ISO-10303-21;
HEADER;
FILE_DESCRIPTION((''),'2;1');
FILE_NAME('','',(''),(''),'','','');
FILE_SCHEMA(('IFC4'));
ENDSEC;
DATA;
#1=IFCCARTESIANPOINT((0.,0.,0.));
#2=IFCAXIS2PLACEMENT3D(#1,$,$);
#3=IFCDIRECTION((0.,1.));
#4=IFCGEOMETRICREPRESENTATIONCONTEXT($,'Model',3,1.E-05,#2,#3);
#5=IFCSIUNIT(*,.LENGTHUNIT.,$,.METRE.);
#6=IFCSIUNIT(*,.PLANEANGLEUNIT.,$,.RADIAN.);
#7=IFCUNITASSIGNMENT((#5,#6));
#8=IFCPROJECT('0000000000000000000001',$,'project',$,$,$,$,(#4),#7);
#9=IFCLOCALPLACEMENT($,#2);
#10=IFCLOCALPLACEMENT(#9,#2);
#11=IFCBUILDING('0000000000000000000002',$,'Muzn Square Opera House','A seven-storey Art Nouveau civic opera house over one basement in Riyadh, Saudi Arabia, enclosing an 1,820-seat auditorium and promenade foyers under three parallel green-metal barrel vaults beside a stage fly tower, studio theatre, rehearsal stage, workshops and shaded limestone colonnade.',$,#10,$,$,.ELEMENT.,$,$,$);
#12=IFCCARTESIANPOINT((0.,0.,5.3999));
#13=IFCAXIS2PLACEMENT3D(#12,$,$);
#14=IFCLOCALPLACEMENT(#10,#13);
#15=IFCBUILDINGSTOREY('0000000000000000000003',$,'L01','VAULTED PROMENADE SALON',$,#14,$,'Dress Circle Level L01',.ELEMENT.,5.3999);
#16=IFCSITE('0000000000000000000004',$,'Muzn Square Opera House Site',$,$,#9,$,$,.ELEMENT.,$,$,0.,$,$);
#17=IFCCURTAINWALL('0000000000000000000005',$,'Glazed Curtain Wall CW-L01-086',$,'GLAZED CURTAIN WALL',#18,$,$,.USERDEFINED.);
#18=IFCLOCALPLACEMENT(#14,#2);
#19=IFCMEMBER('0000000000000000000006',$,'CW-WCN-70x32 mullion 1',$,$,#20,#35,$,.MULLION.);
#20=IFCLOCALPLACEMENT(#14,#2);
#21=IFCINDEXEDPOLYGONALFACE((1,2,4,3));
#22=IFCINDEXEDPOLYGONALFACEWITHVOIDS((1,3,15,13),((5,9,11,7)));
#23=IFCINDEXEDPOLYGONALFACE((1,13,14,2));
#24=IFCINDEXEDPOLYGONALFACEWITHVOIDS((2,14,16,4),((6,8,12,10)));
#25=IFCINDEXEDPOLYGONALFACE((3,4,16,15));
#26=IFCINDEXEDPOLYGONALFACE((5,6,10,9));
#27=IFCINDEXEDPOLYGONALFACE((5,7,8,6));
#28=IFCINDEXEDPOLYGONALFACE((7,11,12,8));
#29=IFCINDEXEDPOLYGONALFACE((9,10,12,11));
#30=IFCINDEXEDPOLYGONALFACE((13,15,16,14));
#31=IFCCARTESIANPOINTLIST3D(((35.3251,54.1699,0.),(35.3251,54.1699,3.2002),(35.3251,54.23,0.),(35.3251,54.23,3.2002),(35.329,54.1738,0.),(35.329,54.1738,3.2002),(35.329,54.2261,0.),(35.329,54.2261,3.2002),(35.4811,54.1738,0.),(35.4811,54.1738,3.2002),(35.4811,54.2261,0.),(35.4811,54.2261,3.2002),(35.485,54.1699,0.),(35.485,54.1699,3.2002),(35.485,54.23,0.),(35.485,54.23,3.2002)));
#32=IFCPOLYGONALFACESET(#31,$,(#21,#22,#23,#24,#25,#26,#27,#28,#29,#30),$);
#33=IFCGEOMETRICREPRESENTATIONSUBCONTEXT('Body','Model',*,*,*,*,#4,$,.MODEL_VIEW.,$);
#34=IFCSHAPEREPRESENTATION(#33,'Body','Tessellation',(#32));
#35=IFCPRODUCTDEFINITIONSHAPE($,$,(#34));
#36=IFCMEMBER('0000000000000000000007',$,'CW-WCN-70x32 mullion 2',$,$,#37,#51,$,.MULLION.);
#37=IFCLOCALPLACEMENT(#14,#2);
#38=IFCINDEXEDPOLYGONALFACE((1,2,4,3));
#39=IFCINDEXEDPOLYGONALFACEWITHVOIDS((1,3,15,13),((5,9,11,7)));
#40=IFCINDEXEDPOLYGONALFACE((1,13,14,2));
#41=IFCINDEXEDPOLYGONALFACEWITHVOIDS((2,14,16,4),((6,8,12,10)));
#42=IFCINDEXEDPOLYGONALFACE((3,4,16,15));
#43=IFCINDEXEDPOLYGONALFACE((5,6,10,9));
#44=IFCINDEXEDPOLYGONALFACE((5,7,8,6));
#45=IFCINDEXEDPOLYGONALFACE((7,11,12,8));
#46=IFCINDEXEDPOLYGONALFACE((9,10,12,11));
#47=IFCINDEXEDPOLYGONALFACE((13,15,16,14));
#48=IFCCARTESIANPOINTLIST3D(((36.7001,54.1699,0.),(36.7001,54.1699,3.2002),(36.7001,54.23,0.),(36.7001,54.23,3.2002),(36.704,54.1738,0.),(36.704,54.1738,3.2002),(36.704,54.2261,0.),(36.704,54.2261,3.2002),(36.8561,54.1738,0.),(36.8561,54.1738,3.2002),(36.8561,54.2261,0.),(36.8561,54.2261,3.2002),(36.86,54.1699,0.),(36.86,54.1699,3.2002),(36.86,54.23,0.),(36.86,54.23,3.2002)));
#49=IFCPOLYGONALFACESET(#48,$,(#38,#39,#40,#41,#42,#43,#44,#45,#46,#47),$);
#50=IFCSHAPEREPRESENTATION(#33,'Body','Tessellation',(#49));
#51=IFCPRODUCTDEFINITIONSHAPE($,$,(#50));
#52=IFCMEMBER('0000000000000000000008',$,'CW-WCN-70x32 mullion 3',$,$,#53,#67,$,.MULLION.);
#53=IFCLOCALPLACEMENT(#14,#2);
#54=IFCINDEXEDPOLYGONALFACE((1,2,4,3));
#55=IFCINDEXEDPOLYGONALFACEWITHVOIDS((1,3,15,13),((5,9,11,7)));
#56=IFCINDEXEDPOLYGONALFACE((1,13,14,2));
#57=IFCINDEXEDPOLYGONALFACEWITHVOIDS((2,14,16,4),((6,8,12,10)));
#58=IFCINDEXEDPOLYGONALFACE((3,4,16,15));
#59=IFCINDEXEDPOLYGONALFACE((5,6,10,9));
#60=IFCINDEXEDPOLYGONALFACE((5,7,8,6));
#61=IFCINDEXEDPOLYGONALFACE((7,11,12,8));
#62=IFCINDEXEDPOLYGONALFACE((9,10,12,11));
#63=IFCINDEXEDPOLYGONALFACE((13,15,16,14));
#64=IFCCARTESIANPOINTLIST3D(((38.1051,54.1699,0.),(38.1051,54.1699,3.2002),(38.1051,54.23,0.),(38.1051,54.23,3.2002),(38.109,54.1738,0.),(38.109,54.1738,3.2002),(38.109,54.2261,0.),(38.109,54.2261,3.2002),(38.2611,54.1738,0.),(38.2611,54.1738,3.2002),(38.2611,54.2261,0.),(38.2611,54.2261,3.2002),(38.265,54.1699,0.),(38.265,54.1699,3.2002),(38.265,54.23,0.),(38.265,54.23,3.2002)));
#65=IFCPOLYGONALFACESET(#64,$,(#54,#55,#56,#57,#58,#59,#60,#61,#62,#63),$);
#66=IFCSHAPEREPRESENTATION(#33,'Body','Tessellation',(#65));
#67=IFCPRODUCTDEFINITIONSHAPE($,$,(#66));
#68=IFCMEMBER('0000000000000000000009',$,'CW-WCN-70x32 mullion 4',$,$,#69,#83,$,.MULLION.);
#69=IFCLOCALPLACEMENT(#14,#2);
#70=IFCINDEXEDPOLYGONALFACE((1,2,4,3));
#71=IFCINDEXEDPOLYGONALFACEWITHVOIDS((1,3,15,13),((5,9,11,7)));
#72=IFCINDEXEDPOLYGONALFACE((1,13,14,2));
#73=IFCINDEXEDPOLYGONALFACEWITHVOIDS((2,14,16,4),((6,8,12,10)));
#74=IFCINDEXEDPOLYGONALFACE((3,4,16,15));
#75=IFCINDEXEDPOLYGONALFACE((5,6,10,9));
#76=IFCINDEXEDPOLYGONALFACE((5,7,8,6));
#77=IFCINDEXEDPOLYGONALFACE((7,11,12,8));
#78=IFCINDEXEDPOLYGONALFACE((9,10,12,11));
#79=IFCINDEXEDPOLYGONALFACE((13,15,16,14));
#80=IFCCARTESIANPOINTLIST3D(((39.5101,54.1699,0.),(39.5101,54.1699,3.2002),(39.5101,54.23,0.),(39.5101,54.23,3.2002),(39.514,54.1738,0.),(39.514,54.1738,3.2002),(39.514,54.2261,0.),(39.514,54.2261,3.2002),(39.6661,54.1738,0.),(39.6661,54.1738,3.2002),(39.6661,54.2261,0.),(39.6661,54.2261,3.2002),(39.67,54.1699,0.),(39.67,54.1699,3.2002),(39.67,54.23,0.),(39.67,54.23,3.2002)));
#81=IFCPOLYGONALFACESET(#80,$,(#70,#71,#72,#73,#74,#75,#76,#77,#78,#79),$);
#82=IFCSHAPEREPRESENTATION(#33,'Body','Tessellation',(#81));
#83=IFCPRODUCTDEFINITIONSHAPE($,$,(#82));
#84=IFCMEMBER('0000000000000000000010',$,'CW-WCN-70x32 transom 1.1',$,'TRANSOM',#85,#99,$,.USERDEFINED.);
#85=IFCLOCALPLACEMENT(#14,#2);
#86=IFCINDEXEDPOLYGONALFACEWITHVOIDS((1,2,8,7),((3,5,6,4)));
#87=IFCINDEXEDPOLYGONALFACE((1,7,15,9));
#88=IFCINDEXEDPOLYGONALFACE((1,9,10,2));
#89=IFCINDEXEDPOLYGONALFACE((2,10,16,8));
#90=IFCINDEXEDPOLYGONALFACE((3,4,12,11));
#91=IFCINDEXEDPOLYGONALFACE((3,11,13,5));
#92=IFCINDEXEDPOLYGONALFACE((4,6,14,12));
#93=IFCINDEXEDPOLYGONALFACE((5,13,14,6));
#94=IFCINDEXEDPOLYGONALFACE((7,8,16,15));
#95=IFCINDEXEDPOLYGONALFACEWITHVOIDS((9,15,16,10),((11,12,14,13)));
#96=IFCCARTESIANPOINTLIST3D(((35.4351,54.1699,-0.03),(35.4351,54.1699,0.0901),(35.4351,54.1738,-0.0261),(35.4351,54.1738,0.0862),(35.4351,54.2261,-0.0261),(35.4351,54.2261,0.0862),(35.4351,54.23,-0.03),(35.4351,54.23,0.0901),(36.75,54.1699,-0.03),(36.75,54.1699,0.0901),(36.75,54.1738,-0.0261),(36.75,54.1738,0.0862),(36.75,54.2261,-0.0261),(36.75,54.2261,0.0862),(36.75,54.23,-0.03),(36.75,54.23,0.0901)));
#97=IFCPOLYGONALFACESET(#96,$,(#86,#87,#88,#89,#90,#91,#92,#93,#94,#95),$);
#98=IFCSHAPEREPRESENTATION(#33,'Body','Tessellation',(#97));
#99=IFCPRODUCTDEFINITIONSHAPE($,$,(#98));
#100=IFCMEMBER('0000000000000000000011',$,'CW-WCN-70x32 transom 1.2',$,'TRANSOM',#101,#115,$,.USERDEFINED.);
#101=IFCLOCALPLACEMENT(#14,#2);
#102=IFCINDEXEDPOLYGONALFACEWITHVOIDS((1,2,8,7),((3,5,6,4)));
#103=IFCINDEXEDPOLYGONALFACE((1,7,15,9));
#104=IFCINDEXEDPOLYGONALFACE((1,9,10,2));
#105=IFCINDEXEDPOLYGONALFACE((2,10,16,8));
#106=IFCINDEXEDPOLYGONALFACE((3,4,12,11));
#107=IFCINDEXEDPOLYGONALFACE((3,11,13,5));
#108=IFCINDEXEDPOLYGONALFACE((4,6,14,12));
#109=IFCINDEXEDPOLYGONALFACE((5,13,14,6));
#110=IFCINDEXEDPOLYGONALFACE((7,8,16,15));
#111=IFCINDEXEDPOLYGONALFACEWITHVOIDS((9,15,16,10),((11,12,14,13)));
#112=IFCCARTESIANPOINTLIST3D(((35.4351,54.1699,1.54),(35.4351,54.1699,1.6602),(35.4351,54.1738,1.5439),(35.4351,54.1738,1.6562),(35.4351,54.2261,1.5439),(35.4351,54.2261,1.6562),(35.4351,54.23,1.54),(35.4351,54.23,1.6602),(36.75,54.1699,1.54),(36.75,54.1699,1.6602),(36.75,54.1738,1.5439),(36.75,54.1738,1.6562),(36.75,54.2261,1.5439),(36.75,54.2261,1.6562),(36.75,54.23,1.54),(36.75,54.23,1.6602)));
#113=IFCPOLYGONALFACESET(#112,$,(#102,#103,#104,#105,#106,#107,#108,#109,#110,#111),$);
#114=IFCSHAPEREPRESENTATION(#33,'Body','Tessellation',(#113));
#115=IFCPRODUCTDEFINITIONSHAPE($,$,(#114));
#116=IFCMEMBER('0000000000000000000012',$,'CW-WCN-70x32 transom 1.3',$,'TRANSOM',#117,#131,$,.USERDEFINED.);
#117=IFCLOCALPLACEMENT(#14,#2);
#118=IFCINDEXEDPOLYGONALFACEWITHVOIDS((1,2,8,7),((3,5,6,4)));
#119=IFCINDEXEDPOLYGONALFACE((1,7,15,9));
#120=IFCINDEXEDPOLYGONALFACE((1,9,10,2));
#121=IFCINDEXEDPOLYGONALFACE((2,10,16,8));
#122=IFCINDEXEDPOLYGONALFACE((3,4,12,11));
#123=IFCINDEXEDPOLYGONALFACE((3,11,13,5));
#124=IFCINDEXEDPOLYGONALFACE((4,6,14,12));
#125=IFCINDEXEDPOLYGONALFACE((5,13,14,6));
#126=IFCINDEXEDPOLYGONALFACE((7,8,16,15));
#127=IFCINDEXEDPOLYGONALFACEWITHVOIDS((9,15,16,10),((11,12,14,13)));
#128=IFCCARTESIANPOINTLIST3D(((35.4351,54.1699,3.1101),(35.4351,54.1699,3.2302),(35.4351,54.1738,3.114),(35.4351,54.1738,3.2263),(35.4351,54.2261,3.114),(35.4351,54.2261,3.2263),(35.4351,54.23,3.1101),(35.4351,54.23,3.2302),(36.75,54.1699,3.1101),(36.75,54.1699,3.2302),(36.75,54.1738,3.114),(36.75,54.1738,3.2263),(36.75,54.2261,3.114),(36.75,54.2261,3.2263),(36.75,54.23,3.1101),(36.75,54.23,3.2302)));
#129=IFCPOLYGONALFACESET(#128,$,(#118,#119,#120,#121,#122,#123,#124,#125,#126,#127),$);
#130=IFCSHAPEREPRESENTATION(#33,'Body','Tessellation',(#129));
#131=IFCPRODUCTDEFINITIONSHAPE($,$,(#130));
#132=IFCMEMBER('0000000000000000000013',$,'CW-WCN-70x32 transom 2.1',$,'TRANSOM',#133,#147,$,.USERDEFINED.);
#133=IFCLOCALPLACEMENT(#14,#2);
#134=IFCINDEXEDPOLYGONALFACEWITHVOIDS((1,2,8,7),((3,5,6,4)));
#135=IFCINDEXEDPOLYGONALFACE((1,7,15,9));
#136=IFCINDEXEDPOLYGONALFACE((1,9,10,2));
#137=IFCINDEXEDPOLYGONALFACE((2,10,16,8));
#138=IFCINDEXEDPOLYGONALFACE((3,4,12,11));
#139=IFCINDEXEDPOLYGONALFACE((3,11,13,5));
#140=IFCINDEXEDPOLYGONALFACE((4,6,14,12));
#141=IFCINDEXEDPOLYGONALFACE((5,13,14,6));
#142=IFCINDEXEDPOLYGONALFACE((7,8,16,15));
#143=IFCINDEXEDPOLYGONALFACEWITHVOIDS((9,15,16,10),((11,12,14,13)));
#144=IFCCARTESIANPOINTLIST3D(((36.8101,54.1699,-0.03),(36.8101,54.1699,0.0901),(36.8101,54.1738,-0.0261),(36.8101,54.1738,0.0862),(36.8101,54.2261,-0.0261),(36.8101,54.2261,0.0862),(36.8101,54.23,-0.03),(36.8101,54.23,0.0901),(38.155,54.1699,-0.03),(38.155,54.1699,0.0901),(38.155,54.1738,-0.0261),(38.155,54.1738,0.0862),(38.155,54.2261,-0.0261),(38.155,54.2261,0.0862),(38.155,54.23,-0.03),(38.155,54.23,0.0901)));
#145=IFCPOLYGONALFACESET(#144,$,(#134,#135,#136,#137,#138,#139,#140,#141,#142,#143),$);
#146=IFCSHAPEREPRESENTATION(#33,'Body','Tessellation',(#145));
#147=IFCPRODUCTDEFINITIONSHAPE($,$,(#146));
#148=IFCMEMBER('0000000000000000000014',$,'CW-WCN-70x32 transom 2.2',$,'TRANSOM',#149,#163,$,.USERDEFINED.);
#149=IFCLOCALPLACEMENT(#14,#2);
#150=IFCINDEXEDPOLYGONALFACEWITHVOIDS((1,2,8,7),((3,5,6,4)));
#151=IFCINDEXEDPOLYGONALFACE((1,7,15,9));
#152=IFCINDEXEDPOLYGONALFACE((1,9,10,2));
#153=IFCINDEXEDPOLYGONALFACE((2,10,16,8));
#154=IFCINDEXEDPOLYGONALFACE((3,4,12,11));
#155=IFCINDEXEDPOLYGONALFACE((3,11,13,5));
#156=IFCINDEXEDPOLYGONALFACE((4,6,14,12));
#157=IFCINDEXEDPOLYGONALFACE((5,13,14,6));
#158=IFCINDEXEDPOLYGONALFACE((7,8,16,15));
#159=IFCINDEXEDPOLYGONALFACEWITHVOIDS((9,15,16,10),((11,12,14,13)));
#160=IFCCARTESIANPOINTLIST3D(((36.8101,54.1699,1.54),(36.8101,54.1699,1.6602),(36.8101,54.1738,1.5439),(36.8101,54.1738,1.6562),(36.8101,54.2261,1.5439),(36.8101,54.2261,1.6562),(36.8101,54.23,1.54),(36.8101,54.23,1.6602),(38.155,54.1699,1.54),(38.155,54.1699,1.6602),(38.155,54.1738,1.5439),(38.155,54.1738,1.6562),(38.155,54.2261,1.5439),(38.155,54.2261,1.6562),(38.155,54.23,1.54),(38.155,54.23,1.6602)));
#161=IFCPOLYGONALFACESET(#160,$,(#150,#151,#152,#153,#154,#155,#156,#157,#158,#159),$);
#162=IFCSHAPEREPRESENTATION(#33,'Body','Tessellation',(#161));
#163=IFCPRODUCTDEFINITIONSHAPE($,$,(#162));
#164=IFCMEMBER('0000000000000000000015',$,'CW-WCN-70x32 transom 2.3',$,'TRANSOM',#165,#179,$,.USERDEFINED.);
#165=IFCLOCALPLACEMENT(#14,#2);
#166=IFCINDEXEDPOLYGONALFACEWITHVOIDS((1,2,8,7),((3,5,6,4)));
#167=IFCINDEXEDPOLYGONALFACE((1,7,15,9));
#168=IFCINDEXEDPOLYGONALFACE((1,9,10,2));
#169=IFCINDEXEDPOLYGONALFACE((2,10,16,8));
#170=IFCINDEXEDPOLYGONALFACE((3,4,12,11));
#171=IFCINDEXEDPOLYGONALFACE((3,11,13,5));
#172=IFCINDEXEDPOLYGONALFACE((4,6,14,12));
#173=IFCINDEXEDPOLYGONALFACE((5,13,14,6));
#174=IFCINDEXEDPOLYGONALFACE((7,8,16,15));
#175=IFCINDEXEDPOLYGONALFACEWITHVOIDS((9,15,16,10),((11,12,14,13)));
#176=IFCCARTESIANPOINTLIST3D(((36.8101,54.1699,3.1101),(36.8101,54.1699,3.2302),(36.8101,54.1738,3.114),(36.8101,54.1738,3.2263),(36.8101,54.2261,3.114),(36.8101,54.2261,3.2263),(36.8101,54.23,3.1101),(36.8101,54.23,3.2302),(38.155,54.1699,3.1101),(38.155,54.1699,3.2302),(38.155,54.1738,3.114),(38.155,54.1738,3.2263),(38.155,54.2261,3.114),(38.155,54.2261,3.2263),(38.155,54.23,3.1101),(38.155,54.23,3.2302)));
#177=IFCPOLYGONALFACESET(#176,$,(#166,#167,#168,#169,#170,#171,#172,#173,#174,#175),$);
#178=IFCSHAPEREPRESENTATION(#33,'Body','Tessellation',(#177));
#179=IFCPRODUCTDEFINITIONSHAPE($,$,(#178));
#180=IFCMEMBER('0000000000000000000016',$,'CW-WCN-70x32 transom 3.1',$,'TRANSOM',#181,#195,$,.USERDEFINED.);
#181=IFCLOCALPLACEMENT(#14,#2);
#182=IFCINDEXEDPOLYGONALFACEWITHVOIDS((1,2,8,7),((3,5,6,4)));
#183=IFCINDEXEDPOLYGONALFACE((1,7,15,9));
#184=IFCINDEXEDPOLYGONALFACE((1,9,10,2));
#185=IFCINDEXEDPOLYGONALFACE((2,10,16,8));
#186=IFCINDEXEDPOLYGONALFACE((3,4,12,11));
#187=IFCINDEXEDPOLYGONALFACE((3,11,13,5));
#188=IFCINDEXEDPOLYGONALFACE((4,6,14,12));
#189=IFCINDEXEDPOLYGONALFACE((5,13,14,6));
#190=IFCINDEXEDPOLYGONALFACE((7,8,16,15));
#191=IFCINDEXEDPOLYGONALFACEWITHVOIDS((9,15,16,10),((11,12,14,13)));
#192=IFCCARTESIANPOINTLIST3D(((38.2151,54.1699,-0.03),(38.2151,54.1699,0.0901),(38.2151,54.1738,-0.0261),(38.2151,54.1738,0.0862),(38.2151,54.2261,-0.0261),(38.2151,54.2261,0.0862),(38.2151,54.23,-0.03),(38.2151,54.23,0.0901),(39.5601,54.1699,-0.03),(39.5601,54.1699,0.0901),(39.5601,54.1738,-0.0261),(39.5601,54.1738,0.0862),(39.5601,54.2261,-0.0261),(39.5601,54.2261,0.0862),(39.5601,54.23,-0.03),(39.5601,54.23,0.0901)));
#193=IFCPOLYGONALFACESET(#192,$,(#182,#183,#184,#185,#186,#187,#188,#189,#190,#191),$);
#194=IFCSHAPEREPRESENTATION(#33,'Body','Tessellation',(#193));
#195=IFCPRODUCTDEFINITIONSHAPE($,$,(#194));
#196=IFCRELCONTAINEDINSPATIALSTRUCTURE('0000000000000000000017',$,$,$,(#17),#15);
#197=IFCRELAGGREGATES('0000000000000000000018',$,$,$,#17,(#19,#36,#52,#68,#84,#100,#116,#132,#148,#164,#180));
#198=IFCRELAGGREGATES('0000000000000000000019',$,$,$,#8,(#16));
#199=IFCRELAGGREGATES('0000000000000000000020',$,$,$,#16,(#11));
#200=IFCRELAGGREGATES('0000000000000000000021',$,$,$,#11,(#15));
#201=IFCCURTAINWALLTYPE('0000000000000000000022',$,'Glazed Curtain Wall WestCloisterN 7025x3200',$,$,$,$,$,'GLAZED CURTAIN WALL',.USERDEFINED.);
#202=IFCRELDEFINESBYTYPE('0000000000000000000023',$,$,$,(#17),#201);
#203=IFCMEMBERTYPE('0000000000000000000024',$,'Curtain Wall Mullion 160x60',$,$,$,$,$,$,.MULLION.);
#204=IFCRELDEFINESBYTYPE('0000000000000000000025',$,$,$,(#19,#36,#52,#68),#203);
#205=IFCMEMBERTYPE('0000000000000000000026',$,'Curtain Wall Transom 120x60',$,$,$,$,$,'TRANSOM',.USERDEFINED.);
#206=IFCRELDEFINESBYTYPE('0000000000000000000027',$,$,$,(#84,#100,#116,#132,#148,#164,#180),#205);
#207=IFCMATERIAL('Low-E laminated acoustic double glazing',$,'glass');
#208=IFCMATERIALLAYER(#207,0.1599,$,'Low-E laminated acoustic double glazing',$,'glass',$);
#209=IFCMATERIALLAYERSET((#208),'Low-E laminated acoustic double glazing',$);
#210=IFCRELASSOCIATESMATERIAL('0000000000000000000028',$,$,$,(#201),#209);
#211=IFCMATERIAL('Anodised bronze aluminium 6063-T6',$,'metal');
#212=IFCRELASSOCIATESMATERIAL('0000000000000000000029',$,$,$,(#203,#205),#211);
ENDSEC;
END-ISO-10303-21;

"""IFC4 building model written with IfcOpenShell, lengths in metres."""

from ifc_helpers import new_model, si_unit, direction, frame, origin, origin_2d, place, context, subcontext, project, spatial, hollow_rectangle, extrude, material, layer, layer_set, material_profile, profile_set, type_object, element, aggregate, save


model = new_model("IFC4")

# Units and contexts
model_context = context("Model", 3, precision=1e-05, world=origin(), true_north=direction((0.0, 1.0)))
body_context = subcontext(model_context, "Body", "Model", "MODEL_VIEW")
ifc_project = project(units=[si_unit("LENGTHUNIT", "METRE"), si_unit("PLANEANGLEUNIT", "RADIAN")], contexts=[model_context])

# Site, building, storey
site_placement = place(None, origin())
site = spatial("IfcSite", under=ifc_project, at=site_placement, Name="Muzn Square Opera House Site", CompositionType="ELEMENT", RefElevation=0.0)
building_placement = place(site_placement, origin())
building = spatial("IfcBuilding", under=site, at=building_placement, Name="Muzn Square Opera House", Description="A seven-storey Art Nouveau civic opera house over one basement in Riyadh, Saudi Arabia, enclosing an 1,820-seat auditorium and promenade foyers under three parallel green-metal barrel vaults beside a stage fly tower, studio theatre, rehearsal stage, workshops and shaded limestone colonnade.", CompositionType="ELEMENT")
storey_placement = place(building_placement, frame((0.0, 0.0, 5.3999)))
storey = spatial("IfcBuildingStorey", under=building, at=storey_placement, Name="L01", Description="VAULTED PROMENADE SALON", LongName="Dress Circle Level L01", CompositionType="ELEMENT", Elevation=5.3999)

# Curtain wall, members
ifc_material_1 = material(Name="Low-E laminated acoustic double glazing", Category="glass")
ifc_layer_1 = layer(ifc_material_1, 0.1599, Name="Low-E laminated acoustic double glazing", Category="glass")
ifc_layer_set_1 = layer_set([ifc_layer_1], Name="Low-E laminated acoustic double glazing")
curtain_wall_type = type_object("IfcCurtainWallType", Name="Glazed Curtain Wall WestCloisterN 7025x3200", ElementType="GLAZED CURTAIN WALL", PredefinedType="USERDEFINED", material=ifc_layer_set_1)
curtain_wall_placement = place(storey_placement, origin())
curtain_wall = element("IfcCurtainWall", 1, at=curtain_wall_placement, inside=storey, type_object=curtain_wall_type, Name="Glazed Curtain Wall CW-L01-086", ObjectType="GLAZED CURTAIN WALL", PredefinedType="USERDEFINED")
ifc_material_2 = material(Name="Anodised bronze aluminium 6063-T6", Category="metal")
ifc_material_profile_1 = material_profile(ifc_material_2, hollow_rectangle(XDim=0.0601, YDim=0.1599, WallThickness=0.0039, at=origin_2d()), Name="ALU 160x60x4", Category="metal")
ifc_profile_set_1 = profile_set([ifc_material_profile_1], Name="Anodised bronze aluminium 6063-T6")
member_type_1 = type_object("IfcMemberType", Name="Curtain Wall Mullion 160x60", PredefinedType="MULLION", material=ifc_profile_set_1)
member_1_placement = place(storey_placement, frame((35.405, 54.2, 0.0), z_axis=(0.0, 0.0, 1.0), x_axis=(0.0, 1.0, 0.0)))
member_1 = element("IfcMember", 2, at=member_1_placement, type_object=member_type_1, Name="CW-WCN-70x32 mullion 1", PredefinedType="MULLION", context=body_context, shape_type="SweptSolid", body=[
    extrude(hollow_rectangle(XDim=0.0601, YDim=0.1599, WallThickness=0.0039, at=origin_2d()), origin(), (0.0, 0.0, 1.0), 3.2002),
])
member_2_placement = place(storey_placement, frame((36.78, 54.2, 0.0), z_axis=(0.0, 0.0, 1.0), x_axis=(0.0, 1.0, 0.0)))
member_2 = element("IfcMember", 3, at=member_2_placement, type_object=member_type_1, Name="CW-WCN-70x32 mullion 2", PredefinedType="MULLION", context=body_context, shape_type="SweptSolid", body=[
    extrude(hollow_rectangle(XDim=0.0601, YDim=0.1599, WallThickness=0.0039, at=origin_2d()), origin(), (0.0, 0.0, 1.0), 3.2002),
])
member_3_placement = place(storey_placement, frame((38.1851, 54.2, 0.0), z_axis=(0.0, 0.0, 1.0), x_axis=(0.0, 1.0, 0.0)))
member_3 = element("IfcMember", 4, at=member_3_placement, type_object=member_type_1, Name="CW-WCN-70x32 mullion 3", PredefinedType="MULLION", context=body_context, shape_type="SweptSolid", body=[
    extrude(hollow_rectangle(XDim=0.0601, YDim=0.1599, WallThickness=0.0039, at=origin_2d()), origin(), (0.0, 0.0, 1.0), 3.2002),
])
member_4_placement = place(storey_placement, frame((39.5901, 54.2, 0.0), z_axis=(0.0, 0.0, 1.0), x_axis=(0.0, 1.0, 0.0)))
member_4 = element("IfcMember", 5, at=member_4_placement, type_object=member_type_1, Name="CW-WCN-70x32 mullion 4", PredefinedType="MULLION", context=body_context, shape_type="SweptSolid", body=[
    extrude(hollow_rectangle(XDim=0.0601, YDim=0.1599, WallThickness=0.0039, at=origin_2d()), origin(), (0.0, 0.0, 1.0), 3.2002),
])
ifc_material_profile_2 = material_profile(ifc_material_2, hollow_rectangle(XDim=0.0601, YDim=0.1201, WallThickness=0.0039, at=origin_2d()), Name="ALU 120x60x4", Category="metal")
ifc_profile_set_2 = profile_set([ifc_material_profile_2], Name="Anodised bronze aluminium 6063-T6")
member_type_2 = type_object("IfcMemberType", Name="Curtain Wall Transom 120x60", ElementType="TRANSOM", PredefinedType="USERDEFINED", material=ifc_profile_set_2)
member_5_placement = place(storey_placement, frame((35.4351, 54.2, 0.03), z_axis=(1.0, 0.0, 0.0), x_axis=(0.0, 1.0, 0.0)))
member_5 = element("IfcMember", 6, at=member_5_placement, type_object=member_type_2, Name="CW-WCN-70x32 transom 1.1", ObjectType="TRANSOM", PredefinedType="USERDEFINED", context=body_context, shape_type="SweptSolid", body=[
    extrude(hollow_rectangle(XDim=0.0601, YDim=0.1201, WallThickness=0.0039, at=origin_2d()), origin(), (0.0, 0.0, 1.0), 1.3149),
])
member_6_placement = place(storey_placement, frame((35.4351, 54.2, 1.6001), z_axis=(1.0, 0.0, 0.0), x_axis=(0.0, 1.0, 0.0)))
member_6 = element("IfcMember", 7, at=member_6_placement, type_object=member_type_2, Name="CW-WCN-70x32 transom 1.2", ObjectType="TRANSOM", PredefinedType="USERDEFINED", context=body_context, shape_type="SweptSolid", body=[
    extrude(hollow_rectangle(XDim=0.0601, YDim=0.1201, WallThickness=0.0039, at=origin_2d()), origin(), (0.0, 0.0, 1.0), 1.3149),
])
member_7_placement = place(storey_placement, frame((35.4351, 54.2, 3.1702), z_axis=(1.0, 0.0, 0.0), x_axis=(0.0, 1.0, 0.0)))
member_7 = element("IfcMember", 8, at=member_7_placement, type_object=member_type_2, Name="CW-WCN-70x32 transom 1.3", ObjectType="TRANSOM", PredefinedType="USERDEFINED", context=body_context, shape_type="SweptSolid", body=[
    extrude(hollow_rectangle(XDim=0.0601, YDim=0.1201, WallThickness=0.0039, at=origin_2d()), origin(), (0.0, 0.0, 1.0), 1.3149),
])
member_8_placement = place(storey_placement, frame((36.8101, 54.2, 0.03), z_axis=(1.0, 0.0, 0.0), x_axis=(0.0, 1.0, 0.0)))
member_8 = element("IfcMember", 9, at=member_8_placement, type_object=member_type_2, Name="CW-WCN-70x32 transom 2.1", ObjectType="TRANSOM", PredefinedType="USERDEFINED", context=body_context, shape_type="SweptSolid", body=[
    extrude(hollow_rectangle(XDim=0.0601, YDim=0.1201, WallThickness=0.0039, at=origin_2d()), origin(), (0.0, 0.0, 1.0), 1.345),
])
member_9_placement = place(storey_placement, frame((36.8101, 54.2, 1.6001), z_axis=(1.0, 0.0, 0.0), x_axis=(0.0, 1.0, 0.0)))
member_9 = element("IfcMember", 10, at=member_9_placement, type_object=member_type_2, Name="CW-WCN-70x32 transom 2.2", ObjectType="TRANSOM", PredefinedType="USERDEFINED", context=body_context, shape_type="SweptSolid", body=[
    extrude(hollow_rectangle(XDim=0.0601, YDim=0.1201, WallThickness=0.0039, at=origin_2d()), origin(), (0.0, 0.0, 1.0), 1.345),
])
member_10_placement = place(storey_placement, frame((36.8101, 54.2, 3.1702), z_axis=(1.0, 0.0, 0.0), x_axis=(0.0, 1.0, 0.0)))
member_10 = element("IfcMember", 11, at=member_10_placement, type_object=member_type_2, Name="CW-WCN-70x32 transom 2.3", ObjectType="TRANSOM", PredefinedType="USERDEFINED", context=body_context, shape_type="SweptSolid", body=[
    extrude(hollow_rectangle(XDim=0.0601, YDim=0.1201, WallThickness=0.0039, at=origin_2d()), origin(), (0.0, 0.0, 1.0), 1.345),
])
member_11_placement = place(storey_placement, frame((38.2151, 54.2, 0.03), z_axis=(1.0, 0.0, 0.0), x_axis=(0.0, 1.0, 0.0)))
member_11 = element("IfcMember", 12, at=member_11_placement, type_object=member_type_2, Name="CW-WCN-70x32 transom 3.1", ObjectType="TRANSOM", PredefinedType="USERDEFINED", context=body_context, shape_type="SweptSolid", body=[
    extrude(hollow_rectangle(XDim=0.0601, YDim=0.1201, WallThickness=0.0039, at=origin_2d()), origin(), (0.0, 0.0, 1.0), 1.345),
])
aggregate(curtain_wall, [member_1, member_2, member_3, member_4, member_5, member_6, member_7, member_8, member_9, member_10, member_11])

save(model, "model.ifc")
